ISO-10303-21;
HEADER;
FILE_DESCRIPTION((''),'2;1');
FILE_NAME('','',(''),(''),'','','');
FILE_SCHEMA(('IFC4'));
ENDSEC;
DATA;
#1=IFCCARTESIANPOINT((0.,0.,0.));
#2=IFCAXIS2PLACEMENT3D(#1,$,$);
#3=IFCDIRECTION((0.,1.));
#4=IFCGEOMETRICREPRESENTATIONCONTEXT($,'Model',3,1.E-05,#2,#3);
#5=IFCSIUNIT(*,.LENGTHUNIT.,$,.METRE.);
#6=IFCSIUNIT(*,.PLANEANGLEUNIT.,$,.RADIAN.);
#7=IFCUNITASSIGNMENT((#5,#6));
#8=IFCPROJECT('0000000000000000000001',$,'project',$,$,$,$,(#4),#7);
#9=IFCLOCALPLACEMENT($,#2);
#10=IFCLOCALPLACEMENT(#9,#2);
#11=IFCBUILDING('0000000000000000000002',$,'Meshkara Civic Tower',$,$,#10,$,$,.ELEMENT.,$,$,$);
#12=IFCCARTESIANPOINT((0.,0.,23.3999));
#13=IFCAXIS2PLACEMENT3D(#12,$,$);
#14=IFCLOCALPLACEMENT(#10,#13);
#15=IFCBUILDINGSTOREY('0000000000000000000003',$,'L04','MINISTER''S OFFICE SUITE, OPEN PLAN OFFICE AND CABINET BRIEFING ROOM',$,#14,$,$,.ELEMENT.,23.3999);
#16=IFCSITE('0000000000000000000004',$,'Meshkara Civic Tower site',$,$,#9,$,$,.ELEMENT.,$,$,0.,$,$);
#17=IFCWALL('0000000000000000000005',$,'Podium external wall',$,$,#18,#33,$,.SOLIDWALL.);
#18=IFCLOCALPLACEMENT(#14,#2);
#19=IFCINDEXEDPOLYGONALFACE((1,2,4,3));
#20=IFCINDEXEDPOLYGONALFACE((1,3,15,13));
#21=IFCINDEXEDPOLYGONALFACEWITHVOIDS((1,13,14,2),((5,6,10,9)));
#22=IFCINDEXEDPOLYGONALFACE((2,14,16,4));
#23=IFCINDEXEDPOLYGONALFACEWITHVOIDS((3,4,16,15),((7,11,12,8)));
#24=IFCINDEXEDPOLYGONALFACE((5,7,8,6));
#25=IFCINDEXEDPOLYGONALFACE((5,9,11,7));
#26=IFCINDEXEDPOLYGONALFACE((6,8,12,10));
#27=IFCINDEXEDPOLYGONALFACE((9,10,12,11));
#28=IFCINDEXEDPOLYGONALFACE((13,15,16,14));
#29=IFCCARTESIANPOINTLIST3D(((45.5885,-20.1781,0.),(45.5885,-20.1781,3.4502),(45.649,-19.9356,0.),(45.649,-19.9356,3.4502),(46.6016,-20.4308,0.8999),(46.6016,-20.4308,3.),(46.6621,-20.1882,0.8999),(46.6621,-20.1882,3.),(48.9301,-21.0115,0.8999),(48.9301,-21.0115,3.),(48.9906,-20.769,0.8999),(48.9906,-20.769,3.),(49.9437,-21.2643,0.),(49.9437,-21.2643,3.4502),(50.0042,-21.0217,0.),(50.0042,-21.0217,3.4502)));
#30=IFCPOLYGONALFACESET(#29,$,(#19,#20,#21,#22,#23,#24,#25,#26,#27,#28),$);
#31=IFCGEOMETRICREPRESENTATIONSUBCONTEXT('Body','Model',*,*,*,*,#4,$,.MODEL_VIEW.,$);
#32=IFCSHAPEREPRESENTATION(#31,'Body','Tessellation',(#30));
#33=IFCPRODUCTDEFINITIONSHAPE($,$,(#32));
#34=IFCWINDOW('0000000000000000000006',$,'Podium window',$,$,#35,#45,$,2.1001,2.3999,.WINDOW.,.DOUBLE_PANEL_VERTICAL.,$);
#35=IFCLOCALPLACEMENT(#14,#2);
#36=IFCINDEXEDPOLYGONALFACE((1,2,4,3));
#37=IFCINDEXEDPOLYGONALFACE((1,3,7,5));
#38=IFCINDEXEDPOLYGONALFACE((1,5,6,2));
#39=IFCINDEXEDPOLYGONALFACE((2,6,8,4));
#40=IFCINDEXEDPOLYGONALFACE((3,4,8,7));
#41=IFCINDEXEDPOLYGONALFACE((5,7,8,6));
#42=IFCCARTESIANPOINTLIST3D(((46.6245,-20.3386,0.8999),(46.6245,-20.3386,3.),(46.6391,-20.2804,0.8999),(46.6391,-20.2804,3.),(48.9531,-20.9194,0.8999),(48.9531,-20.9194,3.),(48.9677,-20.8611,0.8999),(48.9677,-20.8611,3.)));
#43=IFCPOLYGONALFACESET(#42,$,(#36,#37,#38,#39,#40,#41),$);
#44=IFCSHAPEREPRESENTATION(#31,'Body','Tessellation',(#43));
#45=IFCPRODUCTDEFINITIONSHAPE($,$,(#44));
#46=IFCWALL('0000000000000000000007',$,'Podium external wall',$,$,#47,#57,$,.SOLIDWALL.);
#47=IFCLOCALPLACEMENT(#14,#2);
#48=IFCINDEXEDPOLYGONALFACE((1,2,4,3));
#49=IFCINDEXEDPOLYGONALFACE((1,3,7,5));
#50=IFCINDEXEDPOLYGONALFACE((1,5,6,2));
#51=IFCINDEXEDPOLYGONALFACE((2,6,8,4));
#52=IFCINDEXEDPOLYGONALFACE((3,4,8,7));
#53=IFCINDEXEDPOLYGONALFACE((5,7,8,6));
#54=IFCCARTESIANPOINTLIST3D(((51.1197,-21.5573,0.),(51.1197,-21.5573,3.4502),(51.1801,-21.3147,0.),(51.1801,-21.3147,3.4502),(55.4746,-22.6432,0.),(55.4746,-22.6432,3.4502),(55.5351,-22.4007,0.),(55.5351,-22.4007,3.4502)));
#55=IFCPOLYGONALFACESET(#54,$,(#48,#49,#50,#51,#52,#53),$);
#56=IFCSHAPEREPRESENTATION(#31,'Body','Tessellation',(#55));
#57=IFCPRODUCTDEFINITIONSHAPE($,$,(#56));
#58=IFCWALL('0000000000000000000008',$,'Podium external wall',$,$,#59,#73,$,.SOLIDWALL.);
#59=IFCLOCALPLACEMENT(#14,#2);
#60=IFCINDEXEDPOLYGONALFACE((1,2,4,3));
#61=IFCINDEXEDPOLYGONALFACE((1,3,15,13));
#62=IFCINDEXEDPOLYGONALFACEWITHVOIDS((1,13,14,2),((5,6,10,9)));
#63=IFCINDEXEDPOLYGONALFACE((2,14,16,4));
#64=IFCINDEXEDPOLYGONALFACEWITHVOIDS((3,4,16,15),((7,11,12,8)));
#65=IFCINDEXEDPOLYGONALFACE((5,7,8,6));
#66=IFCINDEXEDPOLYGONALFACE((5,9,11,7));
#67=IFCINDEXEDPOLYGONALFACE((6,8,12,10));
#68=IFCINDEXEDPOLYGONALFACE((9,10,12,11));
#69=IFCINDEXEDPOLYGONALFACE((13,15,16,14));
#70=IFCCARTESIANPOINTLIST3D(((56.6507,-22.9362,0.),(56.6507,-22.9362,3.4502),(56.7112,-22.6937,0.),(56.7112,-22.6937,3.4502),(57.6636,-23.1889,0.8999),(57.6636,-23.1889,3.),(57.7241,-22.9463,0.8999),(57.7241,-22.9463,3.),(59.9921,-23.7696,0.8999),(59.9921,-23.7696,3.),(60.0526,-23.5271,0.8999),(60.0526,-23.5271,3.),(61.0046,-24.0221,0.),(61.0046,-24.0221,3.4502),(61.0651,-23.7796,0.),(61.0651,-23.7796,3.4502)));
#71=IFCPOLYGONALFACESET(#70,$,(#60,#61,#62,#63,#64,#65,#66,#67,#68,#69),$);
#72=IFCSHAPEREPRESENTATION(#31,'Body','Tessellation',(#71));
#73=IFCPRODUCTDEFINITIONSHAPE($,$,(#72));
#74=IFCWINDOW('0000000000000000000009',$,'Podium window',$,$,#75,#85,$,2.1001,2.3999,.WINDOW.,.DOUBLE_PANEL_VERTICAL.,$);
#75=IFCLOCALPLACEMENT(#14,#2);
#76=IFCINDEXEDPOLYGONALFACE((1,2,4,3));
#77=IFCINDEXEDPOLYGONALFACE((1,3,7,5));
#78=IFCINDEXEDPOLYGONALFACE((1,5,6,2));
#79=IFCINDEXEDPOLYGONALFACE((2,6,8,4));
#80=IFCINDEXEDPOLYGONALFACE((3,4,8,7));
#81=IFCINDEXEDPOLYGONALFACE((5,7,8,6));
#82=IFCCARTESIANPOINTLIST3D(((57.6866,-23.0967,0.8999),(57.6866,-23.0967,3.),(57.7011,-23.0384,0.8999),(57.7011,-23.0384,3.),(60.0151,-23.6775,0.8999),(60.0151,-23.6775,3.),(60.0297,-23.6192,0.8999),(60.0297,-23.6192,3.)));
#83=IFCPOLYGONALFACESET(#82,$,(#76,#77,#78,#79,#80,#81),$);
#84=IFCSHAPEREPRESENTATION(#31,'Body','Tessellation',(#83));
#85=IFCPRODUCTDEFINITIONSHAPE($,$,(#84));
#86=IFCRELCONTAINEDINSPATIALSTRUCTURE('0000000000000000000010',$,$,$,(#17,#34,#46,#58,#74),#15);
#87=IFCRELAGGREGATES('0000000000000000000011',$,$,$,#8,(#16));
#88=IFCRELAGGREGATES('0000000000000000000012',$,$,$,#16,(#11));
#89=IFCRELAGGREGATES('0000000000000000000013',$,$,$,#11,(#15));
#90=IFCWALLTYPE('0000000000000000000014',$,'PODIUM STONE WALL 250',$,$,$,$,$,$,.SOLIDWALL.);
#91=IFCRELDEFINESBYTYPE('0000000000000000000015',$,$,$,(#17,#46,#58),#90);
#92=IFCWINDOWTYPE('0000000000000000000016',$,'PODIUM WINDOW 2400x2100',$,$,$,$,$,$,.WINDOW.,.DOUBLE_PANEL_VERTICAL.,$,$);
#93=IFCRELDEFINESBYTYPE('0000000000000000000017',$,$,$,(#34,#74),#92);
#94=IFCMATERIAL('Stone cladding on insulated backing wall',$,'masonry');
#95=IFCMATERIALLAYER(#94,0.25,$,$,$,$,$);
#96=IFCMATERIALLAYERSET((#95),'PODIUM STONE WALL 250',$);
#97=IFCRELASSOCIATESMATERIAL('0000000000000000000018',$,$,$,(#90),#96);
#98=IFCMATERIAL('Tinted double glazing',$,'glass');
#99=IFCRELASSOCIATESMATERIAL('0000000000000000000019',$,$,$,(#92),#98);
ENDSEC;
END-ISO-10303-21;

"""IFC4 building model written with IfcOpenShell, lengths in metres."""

from ifc_helpers import new_model, si_unit, direction, frame, frame_2d, origin, place, context, subcontext, project, spatial, rectangle, extrude, material, layer, layer_set, type_object, element, fill, save


model = new_model("IFC4")

# Units and contexts
model_context = context("Model", 3, precision=1e-05, world=origin(), true_north=direction((0.0, 1.0)))
body_context = subcontext(model_context, "Body", "Model", "MODEL_VIEW")
ifc_project = project(units=[si_unit("LENGTHUNIT", "METRE"), si_unit("PLANEANGLEUNIT", "RADIAN")], contexts=[model_context])

# Site, building, storey
site_placement = place(None, origin())
site = spatial("IfcSite", under=ifc_project, at=site_placement, Name="Meshkara Civic Tower site", CompositionType="ELEMENT", RefElevation=0.0)
building_placement = place(site_placement, origin())
building = spatial("IfcBuilding", under=site, at=building_placement, Name="Meshkara Civic Tower", CompositionType="ELEMENT")
storey_placement = place(building_placement, frame((0.0, 0.0, 23.3999)))
storey = spatial("IfcBuildingStorey", under=building, at=storey_placement, Name="L04", Description="MINISTER'S OFFICE SUITE, OPEN PLAN OFFICE AND CABINET BRIEFING ROOM", CompositionType="ELEMENT", Elevation=23.3999)

# Wall, opening, window
ifc_material_1 = material(Name="Stone cladding on insulated backing wall", Category="masonry")
ifc_layer_1 = layer(ifc_material_1, 0.25)
ifc_layer_set_1 = layer_set([ifc_layer_1], Name="PODIUM STONE WALL 250")
wall_type_1 = type_object("IfcWallType", Name="PODIUM STONE WALL 250", PredefinedType="SOLIDWALL", material=ifc_layer_set_1)
wall_1_placement = place(storey_placement, frame((45.6189, -20.0569, 0.0), z_axis=(0.0, 0.0, 1.0), x_axis=(0.97028, -0.241985, 0.0)))
wall_1 = element("IfcWall", 1, at=wall_1_placement, inside=storey, type_object=wall_type_1, Name="Podium external wall", PredefinedType="SOLIDWALL", context=body_context, shape_type="SweptSolid", body=[
    extrude(rectangle(XDim=4.4885, YDim=0.25, at=frame_2d((2.2441, 0.0))), origin(), (0.0, 0.0, 1.0), 3.4502),
])
opening_1_placement = place(wall_1_placement, frame((1.0439, 0.0, 0.8999)))
opening_1 = element("IfcOpeningElement", 2, at=opening_1_placement, cuts=wall_1, PredefinedType="OPENING", context=body_context, shape_type="SweptSolid", body=[
    extrude(rectangle(XDim=2.3999, YDim=2.1001, at=frame_2d((1.2, 1.05))), frame((0.0, 0.135, 0.0), z_axis=(0.0, -1.0, 0.0), x_axis=(1.0, 0.0, 0.0)), (0.0, 0.0, 1.0), 0.27),
])
ifc_material_2 = material(Name="Tinted double glazing", Category="glass")
window_type = type_object("IfcWindowType", Name="PODIUM WINDOW 2400x2100", PartitioningType="DOUBLE_PANEL_VERTICAL", PredefinedType="WINDOW", material=ifc_material_2)
window_1_placement = place(opening_1_placement, origin())
window_1 = element("IfcWindow", 3, at=window_1_placement, inside=storey, type_object=window_type, Name="Podium window", OverallHeight=2.1001, OverallWidth=2.3999, PartitioningType="DOUBLE_PANEL_VERTICAL", PredefinedType="WINDOW", context=body_context, shape_type="SweptSolid", body=[
    extrude(rectangle(XDim=2.3999, YDim=2.1001, at=frame_2d((1.2, 1.05))), frame((0.0, 0.03, 0.0), z_axis=(0.0, -1.0, 0.0), x_axis=(1.0, 0.0, 0.0)), (0.0, 0.0, 1.0), 0.0601),
])
fill(opening_1, window_1)

# Wall
wall_2_placement = place(storey_placement, frame((51.1499, -21.436, 0.0), z_axis=(0.0, 0.0, 1.0), x_axis=(0.97029, -0.241947, 0.0)))
element("IfcWall", 4, at=wall_2_placement, inside=storey, type_object=wall_type_1, Name="Podium external wall", PredefinedType="SOLIDWALL", context=body_context, shape_type="SweptSolid", body=[
    extrude(rectangle(XDim=4.4883, YDim=0.25, at=frame_2d((2.2441, 0.0))), origin(), (0.0, 0.0, 1.0), 3.4502),
])

# Wall, opening, window
wall_3_placement = place(storey_placement, frame((56.6809, -22.8149, 0.0), z_axis=(0.0, 0.0, 1.0), x_axis=(0.970277, -0.241998, 0.0)))
wall_3 = element("IfcWall", 5, at=wall_3_placement, inside=storey, type_object=wall_type_1, Name="Podium external wall", PredefinedType="SOLIDWALL", context=body_context, shape_type="SweptSolid", body=[
    extrude(rectangle(XDim=4.4873, YDim=0.25, at=frame_2d((2.2437, 0.0))), origin(), (0.0, 0.0, 1.0), 3.4502),
])
opening_2_placement = place(wall_3_placement, frame((1.0439, 0.0, 0.8999)))
opening_2 = element("IfcOpeningElement", 6, at=opening_2_placement, cuts=wall_3, PredefinedType="OPENING", context=body_context, shape_type="SweptSolid", body=[
    extrude(rectangle(XDim=2.3999, YDim=2.1001, at=frame_2d((1.2, 1.05))), frame((0.0, 0.135, 0.0), z_axis=(0.0, -1.0, 0.0), x_axis=(1.0, 0.0, 0.0)), (0.0, 0.0, 1.0), 0.27),
])
window_2_placement = place(opening_2_placement, origin())
window_2 = element("IfcWindow", 7, at=window_2_placement, inside=storey, type_object=window_type, Name="Podium window", OverallHeight=2.1001, OverallWidth=2.3999, PartitioningType="DOUBLE_PANEL_VERTICAL", PredefinedType="WINDOW", context=body_context, shape_type="SweptSolid", body=[
    extrude(rectangle(XDim=2.3999, YDim=2.1001, at=frame_2d((1.2, 1.05))), frame((0.0, 0.03, 0.0), z_axis=(0.0, -1.0, 0.0), x_axis=(1.0, 0.0, 0.0)), (0.0, 0.0, 1.0), 0.0601),
])
fill(opening_2, window_2)

save(model, "model.ifc")
